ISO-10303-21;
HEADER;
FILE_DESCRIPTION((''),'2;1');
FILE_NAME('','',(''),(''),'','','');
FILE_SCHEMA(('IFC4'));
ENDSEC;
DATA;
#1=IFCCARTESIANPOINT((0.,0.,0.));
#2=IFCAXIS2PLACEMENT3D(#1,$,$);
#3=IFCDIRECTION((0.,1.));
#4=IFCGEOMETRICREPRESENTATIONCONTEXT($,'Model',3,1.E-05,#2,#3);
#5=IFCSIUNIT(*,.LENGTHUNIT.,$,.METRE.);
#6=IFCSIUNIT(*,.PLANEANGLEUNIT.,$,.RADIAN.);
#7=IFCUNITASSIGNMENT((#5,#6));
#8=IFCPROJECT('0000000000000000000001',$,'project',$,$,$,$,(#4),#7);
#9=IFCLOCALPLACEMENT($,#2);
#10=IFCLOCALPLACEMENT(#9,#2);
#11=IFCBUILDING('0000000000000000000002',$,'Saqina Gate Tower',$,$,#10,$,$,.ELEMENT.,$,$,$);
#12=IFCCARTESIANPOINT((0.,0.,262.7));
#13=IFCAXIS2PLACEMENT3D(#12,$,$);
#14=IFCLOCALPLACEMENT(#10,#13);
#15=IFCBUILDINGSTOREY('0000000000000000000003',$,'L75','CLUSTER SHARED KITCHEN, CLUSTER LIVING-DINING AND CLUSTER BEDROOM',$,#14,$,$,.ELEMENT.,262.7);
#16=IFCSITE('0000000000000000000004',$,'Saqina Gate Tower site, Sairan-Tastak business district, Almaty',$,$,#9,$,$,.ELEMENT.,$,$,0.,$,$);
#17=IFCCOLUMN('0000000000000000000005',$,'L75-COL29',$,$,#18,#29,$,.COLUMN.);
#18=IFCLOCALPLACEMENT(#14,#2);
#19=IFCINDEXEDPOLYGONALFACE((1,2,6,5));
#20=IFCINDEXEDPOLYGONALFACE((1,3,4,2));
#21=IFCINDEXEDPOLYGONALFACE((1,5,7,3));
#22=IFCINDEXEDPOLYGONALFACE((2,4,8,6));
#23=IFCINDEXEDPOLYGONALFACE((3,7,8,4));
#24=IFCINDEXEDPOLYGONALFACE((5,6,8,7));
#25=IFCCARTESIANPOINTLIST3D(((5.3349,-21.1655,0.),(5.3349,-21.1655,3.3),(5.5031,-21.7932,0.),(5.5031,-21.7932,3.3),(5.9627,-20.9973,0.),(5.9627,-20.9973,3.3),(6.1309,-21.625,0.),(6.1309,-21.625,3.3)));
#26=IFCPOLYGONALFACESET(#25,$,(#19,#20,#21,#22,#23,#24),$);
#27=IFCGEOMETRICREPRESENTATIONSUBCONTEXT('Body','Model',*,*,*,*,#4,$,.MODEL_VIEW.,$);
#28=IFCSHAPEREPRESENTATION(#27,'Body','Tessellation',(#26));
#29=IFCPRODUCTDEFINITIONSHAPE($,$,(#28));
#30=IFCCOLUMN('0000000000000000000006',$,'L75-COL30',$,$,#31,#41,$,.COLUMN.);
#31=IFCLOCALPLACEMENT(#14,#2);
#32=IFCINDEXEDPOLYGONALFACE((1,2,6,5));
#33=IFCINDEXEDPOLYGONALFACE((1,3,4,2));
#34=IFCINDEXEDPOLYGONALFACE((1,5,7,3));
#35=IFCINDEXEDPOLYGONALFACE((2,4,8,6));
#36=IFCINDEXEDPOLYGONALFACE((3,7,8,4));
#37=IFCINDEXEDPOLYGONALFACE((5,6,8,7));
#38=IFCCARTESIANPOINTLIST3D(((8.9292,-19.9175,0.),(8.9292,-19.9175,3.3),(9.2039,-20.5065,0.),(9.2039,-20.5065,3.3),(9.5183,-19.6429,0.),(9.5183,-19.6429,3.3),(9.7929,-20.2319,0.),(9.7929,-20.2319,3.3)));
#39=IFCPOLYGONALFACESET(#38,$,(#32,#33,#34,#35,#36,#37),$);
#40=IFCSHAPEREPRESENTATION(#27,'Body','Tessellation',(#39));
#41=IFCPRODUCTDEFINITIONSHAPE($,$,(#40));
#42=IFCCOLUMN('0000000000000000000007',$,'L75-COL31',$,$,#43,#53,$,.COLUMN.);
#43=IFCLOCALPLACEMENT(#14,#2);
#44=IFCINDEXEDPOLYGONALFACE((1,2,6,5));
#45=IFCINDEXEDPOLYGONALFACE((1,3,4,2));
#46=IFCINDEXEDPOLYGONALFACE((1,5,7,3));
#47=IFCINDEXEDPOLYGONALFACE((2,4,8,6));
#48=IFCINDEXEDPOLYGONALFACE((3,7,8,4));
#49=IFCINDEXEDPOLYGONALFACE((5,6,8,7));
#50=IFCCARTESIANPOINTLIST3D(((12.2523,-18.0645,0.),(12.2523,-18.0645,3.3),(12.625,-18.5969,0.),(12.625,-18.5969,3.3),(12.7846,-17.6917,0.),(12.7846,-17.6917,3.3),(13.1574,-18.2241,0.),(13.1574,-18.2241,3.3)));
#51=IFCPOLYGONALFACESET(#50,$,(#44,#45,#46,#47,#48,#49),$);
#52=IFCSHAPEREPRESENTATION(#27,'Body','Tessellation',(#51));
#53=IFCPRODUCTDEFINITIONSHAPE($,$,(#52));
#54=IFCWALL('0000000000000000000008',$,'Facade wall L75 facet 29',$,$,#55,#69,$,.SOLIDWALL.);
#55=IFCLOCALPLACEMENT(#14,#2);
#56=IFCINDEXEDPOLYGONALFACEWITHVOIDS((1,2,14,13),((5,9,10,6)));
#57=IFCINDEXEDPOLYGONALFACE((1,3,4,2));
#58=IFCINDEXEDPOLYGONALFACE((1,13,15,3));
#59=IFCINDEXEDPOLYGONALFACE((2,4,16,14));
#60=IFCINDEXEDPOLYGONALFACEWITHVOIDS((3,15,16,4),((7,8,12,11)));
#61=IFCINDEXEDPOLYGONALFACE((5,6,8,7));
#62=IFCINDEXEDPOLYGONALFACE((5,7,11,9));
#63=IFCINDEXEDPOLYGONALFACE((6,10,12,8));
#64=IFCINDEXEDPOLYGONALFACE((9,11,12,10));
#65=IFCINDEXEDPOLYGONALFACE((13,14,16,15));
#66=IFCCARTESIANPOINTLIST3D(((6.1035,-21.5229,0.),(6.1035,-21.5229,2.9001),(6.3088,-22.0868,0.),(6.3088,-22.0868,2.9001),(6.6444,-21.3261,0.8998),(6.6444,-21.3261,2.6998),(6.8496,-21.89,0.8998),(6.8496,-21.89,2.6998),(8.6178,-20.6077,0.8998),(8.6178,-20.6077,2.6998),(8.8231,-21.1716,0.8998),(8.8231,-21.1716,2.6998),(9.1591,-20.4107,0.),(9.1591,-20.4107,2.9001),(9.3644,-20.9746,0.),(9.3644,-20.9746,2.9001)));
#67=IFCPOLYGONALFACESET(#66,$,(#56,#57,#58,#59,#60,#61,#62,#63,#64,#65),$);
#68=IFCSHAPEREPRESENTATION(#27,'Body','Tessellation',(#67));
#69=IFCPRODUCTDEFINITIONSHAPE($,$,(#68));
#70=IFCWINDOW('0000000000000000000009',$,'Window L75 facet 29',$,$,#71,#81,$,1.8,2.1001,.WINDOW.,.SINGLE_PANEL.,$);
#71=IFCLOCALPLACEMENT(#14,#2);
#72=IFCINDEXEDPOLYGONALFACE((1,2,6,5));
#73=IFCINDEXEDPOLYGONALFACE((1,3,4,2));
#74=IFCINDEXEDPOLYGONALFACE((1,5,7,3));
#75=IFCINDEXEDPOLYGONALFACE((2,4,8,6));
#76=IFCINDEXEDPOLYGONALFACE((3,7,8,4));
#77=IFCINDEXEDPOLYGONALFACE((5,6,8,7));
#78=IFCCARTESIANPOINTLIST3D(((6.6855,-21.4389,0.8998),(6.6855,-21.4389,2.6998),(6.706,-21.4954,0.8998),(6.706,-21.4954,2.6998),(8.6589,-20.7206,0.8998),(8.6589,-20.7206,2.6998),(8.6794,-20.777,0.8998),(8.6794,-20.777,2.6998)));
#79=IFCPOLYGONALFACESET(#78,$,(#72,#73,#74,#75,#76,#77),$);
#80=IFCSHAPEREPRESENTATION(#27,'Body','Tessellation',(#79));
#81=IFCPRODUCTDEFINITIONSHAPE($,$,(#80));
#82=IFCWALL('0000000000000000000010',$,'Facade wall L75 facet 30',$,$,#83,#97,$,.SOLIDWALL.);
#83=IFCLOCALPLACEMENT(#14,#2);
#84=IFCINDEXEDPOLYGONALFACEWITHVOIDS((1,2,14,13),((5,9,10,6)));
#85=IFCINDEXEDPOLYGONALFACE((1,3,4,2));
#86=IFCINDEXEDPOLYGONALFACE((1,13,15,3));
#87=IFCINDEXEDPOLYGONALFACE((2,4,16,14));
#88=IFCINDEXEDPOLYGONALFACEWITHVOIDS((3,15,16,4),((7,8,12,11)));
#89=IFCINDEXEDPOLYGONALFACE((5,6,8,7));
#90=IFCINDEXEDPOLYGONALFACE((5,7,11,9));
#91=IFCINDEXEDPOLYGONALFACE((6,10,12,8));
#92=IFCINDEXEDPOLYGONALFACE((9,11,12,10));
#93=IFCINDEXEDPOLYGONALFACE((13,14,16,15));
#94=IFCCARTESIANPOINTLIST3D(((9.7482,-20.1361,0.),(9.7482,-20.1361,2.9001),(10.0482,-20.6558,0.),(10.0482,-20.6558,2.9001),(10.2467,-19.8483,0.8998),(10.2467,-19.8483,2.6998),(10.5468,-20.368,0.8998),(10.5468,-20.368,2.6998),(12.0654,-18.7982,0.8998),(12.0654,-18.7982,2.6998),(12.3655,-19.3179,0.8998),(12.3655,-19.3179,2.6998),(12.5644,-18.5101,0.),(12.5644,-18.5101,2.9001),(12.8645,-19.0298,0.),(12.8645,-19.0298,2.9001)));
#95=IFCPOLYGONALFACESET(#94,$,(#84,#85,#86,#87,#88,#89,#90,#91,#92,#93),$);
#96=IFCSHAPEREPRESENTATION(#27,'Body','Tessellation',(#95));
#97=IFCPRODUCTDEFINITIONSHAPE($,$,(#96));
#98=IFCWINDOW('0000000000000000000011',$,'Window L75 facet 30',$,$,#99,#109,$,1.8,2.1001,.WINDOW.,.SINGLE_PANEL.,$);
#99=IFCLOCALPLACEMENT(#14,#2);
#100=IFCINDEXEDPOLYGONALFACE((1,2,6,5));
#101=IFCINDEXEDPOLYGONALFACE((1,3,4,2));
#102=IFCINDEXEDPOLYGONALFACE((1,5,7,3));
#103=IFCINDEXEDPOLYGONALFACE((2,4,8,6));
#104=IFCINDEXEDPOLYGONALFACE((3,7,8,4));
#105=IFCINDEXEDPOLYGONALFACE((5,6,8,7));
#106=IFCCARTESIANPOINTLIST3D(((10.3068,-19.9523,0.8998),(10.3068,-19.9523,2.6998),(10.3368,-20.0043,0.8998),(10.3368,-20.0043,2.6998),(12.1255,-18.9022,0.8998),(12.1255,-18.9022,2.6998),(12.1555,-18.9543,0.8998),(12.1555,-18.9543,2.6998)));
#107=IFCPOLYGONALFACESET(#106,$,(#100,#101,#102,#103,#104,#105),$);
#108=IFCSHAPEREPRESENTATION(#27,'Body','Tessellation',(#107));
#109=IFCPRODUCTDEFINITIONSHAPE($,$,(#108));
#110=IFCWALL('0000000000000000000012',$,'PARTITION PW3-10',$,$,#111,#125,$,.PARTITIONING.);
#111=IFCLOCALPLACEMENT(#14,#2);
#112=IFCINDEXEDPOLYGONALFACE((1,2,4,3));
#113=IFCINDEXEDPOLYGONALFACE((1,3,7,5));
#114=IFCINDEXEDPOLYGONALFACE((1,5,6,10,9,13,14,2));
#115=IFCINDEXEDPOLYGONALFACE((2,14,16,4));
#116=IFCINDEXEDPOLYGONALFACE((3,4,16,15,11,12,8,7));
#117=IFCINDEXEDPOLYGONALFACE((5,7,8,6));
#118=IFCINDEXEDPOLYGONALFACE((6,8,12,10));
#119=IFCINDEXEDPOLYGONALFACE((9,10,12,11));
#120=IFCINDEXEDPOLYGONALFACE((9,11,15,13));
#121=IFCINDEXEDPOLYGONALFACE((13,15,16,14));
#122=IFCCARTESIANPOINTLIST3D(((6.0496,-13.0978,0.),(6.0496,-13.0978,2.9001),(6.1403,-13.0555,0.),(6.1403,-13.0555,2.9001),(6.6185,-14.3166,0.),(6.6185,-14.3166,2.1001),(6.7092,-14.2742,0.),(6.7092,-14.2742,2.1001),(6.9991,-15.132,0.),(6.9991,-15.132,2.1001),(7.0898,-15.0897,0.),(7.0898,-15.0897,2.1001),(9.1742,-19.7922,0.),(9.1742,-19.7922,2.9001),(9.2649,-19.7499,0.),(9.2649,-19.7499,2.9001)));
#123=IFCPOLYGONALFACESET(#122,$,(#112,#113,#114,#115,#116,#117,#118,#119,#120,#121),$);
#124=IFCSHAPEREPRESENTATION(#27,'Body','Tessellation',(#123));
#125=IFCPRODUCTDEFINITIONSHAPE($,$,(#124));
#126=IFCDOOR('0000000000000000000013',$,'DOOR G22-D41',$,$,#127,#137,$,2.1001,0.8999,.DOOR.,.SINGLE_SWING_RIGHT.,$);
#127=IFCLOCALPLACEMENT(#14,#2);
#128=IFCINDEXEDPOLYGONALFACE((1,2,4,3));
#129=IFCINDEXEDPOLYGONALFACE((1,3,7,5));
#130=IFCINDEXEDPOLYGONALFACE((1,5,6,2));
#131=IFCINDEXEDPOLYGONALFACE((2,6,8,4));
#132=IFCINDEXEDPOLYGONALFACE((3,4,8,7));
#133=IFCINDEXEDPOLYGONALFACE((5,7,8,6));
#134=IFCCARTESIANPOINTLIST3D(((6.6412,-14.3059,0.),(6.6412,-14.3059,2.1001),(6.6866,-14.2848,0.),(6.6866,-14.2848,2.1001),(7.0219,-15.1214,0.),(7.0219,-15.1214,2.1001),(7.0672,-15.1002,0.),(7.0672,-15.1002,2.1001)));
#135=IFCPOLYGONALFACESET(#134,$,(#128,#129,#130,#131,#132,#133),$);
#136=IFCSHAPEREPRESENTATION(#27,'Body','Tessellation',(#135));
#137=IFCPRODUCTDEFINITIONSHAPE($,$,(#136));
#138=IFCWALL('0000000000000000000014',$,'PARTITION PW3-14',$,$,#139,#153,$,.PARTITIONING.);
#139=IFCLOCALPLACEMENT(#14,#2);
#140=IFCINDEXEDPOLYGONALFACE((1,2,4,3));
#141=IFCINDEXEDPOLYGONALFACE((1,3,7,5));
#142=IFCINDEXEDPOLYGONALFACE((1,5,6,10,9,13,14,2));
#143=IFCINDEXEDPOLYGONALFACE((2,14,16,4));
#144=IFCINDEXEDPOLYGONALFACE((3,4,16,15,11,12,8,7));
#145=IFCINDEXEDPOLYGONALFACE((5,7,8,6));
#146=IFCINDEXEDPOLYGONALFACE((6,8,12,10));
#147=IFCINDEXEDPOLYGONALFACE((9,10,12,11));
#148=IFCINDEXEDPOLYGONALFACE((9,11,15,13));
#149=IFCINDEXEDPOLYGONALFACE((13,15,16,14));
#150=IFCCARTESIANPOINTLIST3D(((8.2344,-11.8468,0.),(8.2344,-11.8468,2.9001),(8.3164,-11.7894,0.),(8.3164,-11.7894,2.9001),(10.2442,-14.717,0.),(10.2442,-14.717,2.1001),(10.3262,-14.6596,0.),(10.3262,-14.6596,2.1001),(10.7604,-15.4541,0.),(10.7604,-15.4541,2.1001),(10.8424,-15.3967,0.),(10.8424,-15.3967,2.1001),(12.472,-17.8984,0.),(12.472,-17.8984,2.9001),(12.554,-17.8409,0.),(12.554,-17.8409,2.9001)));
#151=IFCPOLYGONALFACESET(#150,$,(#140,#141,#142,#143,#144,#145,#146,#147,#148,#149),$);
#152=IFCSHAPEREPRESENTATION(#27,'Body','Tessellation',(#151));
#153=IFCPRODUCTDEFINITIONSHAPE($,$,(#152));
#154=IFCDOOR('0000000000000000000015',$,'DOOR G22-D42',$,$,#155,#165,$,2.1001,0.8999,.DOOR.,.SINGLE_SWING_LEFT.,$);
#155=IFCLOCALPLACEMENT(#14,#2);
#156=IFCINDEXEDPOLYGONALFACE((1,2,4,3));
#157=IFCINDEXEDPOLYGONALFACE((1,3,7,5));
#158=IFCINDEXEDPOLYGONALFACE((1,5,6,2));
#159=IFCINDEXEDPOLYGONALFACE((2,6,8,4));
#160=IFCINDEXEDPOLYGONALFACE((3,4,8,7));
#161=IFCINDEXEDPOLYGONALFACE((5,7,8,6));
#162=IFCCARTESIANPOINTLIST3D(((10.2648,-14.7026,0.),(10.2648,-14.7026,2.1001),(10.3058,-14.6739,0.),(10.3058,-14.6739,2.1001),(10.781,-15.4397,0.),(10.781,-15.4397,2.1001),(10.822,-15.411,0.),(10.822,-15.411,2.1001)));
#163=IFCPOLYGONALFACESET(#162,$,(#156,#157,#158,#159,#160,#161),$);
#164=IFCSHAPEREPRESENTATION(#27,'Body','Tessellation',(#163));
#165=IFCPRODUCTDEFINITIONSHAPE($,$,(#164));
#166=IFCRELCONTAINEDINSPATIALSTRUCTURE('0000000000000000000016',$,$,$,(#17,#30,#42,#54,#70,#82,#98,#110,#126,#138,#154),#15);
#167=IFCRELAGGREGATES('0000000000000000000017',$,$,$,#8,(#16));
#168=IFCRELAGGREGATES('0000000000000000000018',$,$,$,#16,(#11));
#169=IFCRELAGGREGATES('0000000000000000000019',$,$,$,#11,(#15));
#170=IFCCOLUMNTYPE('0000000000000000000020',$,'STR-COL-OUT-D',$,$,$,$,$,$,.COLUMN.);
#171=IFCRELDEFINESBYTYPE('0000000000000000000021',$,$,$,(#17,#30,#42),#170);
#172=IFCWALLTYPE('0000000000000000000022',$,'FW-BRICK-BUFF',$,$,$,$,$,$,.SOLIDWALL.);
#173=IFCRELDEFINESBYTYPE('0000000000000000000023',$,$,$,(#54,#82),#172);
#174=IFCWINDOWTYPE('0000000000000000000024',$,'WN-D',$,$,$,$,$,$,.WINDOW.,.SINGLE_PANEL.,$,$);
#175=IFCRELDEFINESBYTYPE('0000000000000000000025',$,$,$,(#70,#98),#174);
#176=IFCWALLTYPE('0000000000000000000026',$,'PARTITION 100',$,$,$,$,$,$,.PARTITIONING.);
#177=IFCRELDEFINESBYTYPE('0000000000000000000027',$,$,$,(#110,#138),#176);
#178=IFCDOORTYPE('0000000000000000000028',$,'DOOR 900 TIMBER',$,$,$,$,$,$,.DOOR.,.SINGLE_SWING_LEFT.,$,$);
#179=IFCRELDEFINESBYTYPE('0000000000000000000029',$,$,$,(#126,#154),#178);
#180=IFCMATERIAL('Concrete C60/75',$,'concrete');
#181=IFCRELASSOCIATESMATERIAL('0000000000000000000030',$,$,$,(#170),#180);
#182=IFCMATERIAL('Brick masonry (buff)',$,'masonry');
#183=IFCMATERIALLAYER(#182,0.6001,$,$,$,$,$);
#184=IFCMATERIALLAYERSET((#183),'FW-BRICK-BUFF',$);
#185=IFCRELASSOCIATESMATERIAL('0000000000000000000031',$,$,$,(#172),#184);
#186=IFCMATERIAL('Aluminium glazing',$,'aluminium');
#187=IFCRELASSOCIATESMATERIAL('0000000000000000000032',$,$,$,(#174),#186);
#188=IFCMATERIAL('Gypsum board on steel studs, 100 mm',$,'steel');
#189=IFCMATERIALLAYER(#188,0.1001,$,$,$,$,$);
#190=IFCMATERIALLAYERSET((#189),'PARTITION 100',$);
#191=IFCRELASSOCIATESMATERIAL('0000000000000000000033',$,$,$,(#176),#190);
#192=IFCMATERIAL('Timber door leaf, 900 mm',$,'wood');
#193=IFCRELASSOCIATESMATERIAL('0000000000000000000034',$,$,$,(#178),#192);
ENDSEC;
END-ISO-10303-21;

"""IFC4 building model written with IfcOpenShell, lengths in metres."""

from ifc_helpers import new_model, si_unit, direction, frame, frame_2d, origin, origin_2d, place, context, subcontext, project, spatial, rectangle, extrude, material, layer, layer_set, material_profile, profile_set, type_object, element, fill, save


model = new_model("IFC4")

# Units and contexts
model_context = context("Model", 3, precision=1e-05, world=origin(), true_north=direction((0.0, 1.0)))
body_context = subcontext(model_context, "Body", "Model", "MODEL_VIEW")
ifc_project = project(units=[si_unit("LENGTHUNIT", "METRE"), si_unit("PLANEANGLEUNIT", "RADIAN")], contexts=[model_context])

# Site, building, storey
site_placement = place(None, origin())
site = spatial("IfcSite", under=ifc_project, at=site_placement, Name="Saqina Gate Tower site, Sairan-Tastak business district, Almaty", CompositionType="ELEMENT", RefElevation=0.0)
building_placement = place(site_placement, origin())
building = spatial("IfcBuilding", under=site, at=building_placement, Name="Saqina Gate Tower", CompositionType="ELEMENT")
storey_placement = place(building_placement, frame((0.0, 0.0, 262.7)))
storey = spatial("IfcBuildingStorey", under=building, at=storey_placement, Name="L75", Description="CLUSTER SHARED KITCHEN, CLUSTER LIVING-DINING AND CLUSTER BEDROOM", CompositionType="ELEMENT", Elevation=262.7)

# Columns
ifc_material_1 = material(Name="Concrete C60/75", Category="concrete")
ifc_material_profile = material_profile(ifc_material_1, rectangle(XDim=0.6499, YDim=0.6499, at=origin_2d()), Name="RC 650x650")
ifc_profile_set = profile_set([ifc_material_profile], Name="Concrete C60/75")
column_type = type_object("IfcColumnType", Name="STR-COL-OUT-D", PredefinedType="COLUMN", material=ifc_profile_set)
for number, where, z_axis, x_axis, name in (
    (1, (5.7329, -21.3953, 0.0), (0.0, 0.0, 1.0), (0.258819, -0.965926, 0.0), "L75-COL29"),
    (2, (9.3611, -20.0747, 0.0), (0.0, 0.0, 1.0), (0.422618, -0.906308, 0.0), "L75-COL30"),
    (3, (12.7048, -18.1443, 0.0), (0.0, 0.0, 1.0), (0.573576, -0.819152, 0.0), "L75-COL31"),
):
    element("IfcColumn", number, at=place(storey_placement, frame(where, z_axis=z_axis, x_axis=x_axis)), inside=storey, type_object=column_type, Name=name, PredefinedType="COLUMN", context=body_context, shape_type="SweptSolid", body=[
        extrude(rectangle(XDim=0.6499, YDim=0.6499, at=origin_2d()), origin(), (0.0, 0.0, 1.0), 3.3),
    ])

# Walls, openings, windows
ifc_material_2 = material(Name="Brick masonry (buff)", Category="masonry")
ifc_layer_1 = layer(ifc_material_2, 0.6001)
ifc_layer_set_1 = layer_set([ifc_layer_1], Name="FW-BRICK-BUFF")
wall_type_1 = type_object("IfcWallType", Name="FW-BRICK-BUFF", PredefinedType="SOLIDWALL", material=ifc_layer_set_1)
wall_1_placement = place(storey_placement, frame((6.2061, -21.8049, 0.0), z_axis=(0.0, 0.0, 1.0), x_axis=(0.939679, 0.342057, 0.0)))
wall_1 = element("IfcWall", 4, at=wall_1_placement, inside=storey, type_object=wall_type_1, Name="Facade wall L75 facet 29", PredefinedType="SOLIDWALL", context=body_context, shape_type="SweptSolid", body=[
    extrude(rectangle(XDim=3.2517, YDim=0.6001, at=frame_2d((1.626, 0.0))), origin(), (0.0, 0.0, 1.0), 2.9001),
])
opening_1_placement = place(wall_1_placement, frame((0.5757, 0.0, 0.8999)))
opening_1 = element("IfcOpeningElement", 5, at=opening_1_placement, cuts=wall_1, PredefinedType="OPENING", context=body_context, shape_type="SweptSolid", body=[
    extrude(rectangle(XDim=2.1001, YDim=1.8, at=frame_2d((1.05, 0.8999))), frame((0.0, 0.312, 0.0), z_axis=(0.0, -1.0, 0.0), x_axis=(1.0, 0.0, 0.0)), (0.0, 0.0, 1.0), 0.624),
])
ifc_material_3 = material(Name="Aluminium glazing", Category="aluminium")
window_type = type_object("IfcWindowType", Name="WN-D", PartitioningType="SINGLE_PANEL", PredefinedType="WINDOW", material=ifc_material_3)
window_1_placement = place(opening_1_placement, origin())
window_1 = element("IfcWindow", 6, at=window_1_placement, inside=storey, type_object=window_type, Name="Window L75 facet 29", OverallHeight=1.8, OverallWidth=2.1001, PartitioningType="SINGLE_PANEL", PredefinedType="WINDOW", context=body_context, shape_type="SweptSolid", body=[
    extrude(rectangle(XDim=2.1001, YDim=1.8, at=frame_2d((1.05, 0.8999))), frame((0.0, 0.1799, 0.0), z_axis=(0.0, -1.0, 0.0), x_axis=(1.0, 0.0, 0.0)), (0.0, 0.0, 1.0), 0.0601),
])
fill(opening_1, window_1)
wall_2_placement = place(storey_placement, frame((9.8982, -20.396, 0.0), z_axis=(0.0, 0.0, 1.0), x_axis=(0.866017, 0.500015, 0.0)))
wall_2 = element("IfcWall", 7, at=wall_2_placement, inside=storey, type_object=wall_type_1, Name="Facade wall L75 facet 30", PredefinedType="SOLIDWALL", context=body_context, shape_type="SweptSolid", body=[
    extrude(rectangle(XDim=3.252, YDim=0.6001, at=frame_2d((1.626, 0.0))), origin(), (0.0, 0.0, 1.0), 2.9001),
])
opening_2_placement = place(wall_2_placement, frame((0.5757, 0.0, 0.8999)))
opening_2 = element("IfcOpeningElement", 8, at=opening_2_placement, cuts=wall_2, PredefinedType="OPENING", context=body_context, shape_type="SweptSolid", body=[
    extrude(rectangle(XDim=2.1001, YDim=1.8, at=frame_2d((1.05, 0.8999))), frame((0.0, 0.312, 0.0), z_axis=(0.0, -1.0, 0.0), x_axis=(1.0, 0.0, 0.0)), (0.0, 0.0, 1.0), 0.624),
])
window_2_placement = place(opening_2_placement, origin())
window_2 = element("IfcWindow", 9, at=window_2_placement, inside=storey, type_object=window_type, Name="Window L75 facet 30", OverallHeight=1.8, OverallWidth=2.1001, PartitioningType="SINGLE_PANEL", PredefinedType="WINDOW", context=body_context, shape_type="SweptSolid", body=[
    extrude(rectangle(XDim=2.1001, YDim=1.8, at=frame_2d((1.05, 0.8999))), frame((0.0, 0.1799, 0.0), z_axis=(0.0, -1.0, 0.0), x_axis=(1.0, 0.0, 0.0)), (0.0, 0.0, 1.0), 0.0601),
])
fill(opening_2, window_2)

# Walls, openings, doors
ifc_material_4 = material(Name="Gypsum board on steel studs, 100 mm", Category="steel")
ifc_layer_2 = layer(ifc_material_4, 0.1001)
ifc_layer_set_2 = layer_set([ifc_layer_2], Name="PARTITION 100")
wall_type_2 = type_object("IfcWallType", Name="PARTITION 100", PredefinedType="PARTITIONING", material=ifc_layer_set_2)
wall_3_placement = place(storey_placement, frame((6.095, -13.0767, 0.0), z_axis=(0.0, 0.0, 1.0), x_axis=(0.42294, -0.906158, 0.0)))
wall_3 = element("IfcWall", 10, at=wall_3_placement, inside=storey, type_object=wall_type_2, Name="PARTITION PW3-10", PredefinedType="PARTITIONING", context=body_context, shape_type="SweptSolid", body=[
    extrude(rectangle(XDim=7.3877, YDim=0.1001, at=frame_2d((3.6938, 0.0))), origin(), (0.0, 0.0, 1.0), 2.9001),
])
opening_3_placement = place(wall_3_placement, frame((1.345, 0.0, 0.0)))
opening_3 = element("IfcOpeningElement", 11, at=opening_3_placement, cuts=wall_3, PredefinedType="OPENING", context=body_context, shape_type="SweptSolid", body=[
    extrude(rectangle(XDim=0.8999, YDim=2.1001, at=frame_2d((0.45, 1.05))), frame((0.0, 0.062, 0.0), z_axis=(0.0, -1.0, 0.0), x_axis=(1.0, 0.0, 0.0)), (0.0, 0.0, 1.0), 0.124),
])
ifc_material_5 = material(Name="Timber door leaf, 900 mm", Category="wood")
door_type_1 = type_object("IfcDoorType", Name="DOOR 900 TIMBER", OperationType="SINGLE_SWING_LEFT", PredefinedType="DOOR", material=ifc_material_5)
door_1_placement = place(opening_3_placement, frame((0.8999, 0.0, 0.0), z_axis=(0.0, 0.0, 1.0), x_axis=(-1.0, 0.0, 0.0)))
door_1 = element("IfcDoor", 12, at=door_1_placement, inside=storey, type_object=door_type_1, Name="DOOR G22-D41", OperationType="SINGLE_SWING_RIGHT", OverallHeight=2.1001, OverallWidth=0.8999, PredefinedType="DOOR", context=body_context, shape_type="SweptSolid", body=[
    extrude(rectangle(XDim=0.8999, YDim=2.1001, at=frame_2d((0.45, 1.05))), frame((0.0, 0.0249, 0.0), z_axis=(0.0, -1.0, 0.0), x_axis=(1.0, 0.0, 0.0)), (0.0, 0.0, 1.0), 0.05),
])
fill(opening_3, door_1)
wall_4_placement = place(storey_placement, frame((8.2754, -11.8181, 0.0), z_axis=(0.0, 0.0, 1.0), x_axis=(0.573598, -0.819137, 0.0)))
wall_4 = element("IfcWall", 13, at=wall_4_placement, inside=storey, type_object=wall_type_2, Name="PARTITION PW3-14", PredefinedType="PARTITIONING", context=body_context, shape_type="SweptSolid", body=[
    extrude(rectangle(XDim=7.3877, YDim=0.1001, at=frame_2d((3.6938, 0.0))), origin(), (0.0, 0.0, 1.0), 2.9001),
])
opening_4_placement = place(wall_4_placement, frame((3.5039, 0.0, 0.0)))
opening_4 = element("IfcOpeningElement", 14, at=opening_4_placement, cuts=wall_4, PredefinedType="OPENING", context=body_context, shape_type="SweptSolid", body=[
    extrude(rectangle(XDim=0.8999, YDim=2.1001, at=frame_2d((0.45, 1.05))), frame((0.0, 0.062, 0.0), z_axis=(0.0, -1.0, 0.0), x_axis=(1.0, 0.0, 0.0)), (0.0, 0.0, 1.0), 0.124),
])
door_2_placement = place(opening_4_placement, frame((0.8999, 0.0, 0.0), z_axis=(0.0, 0.0, 1.0), x_axis=(-1.0, 0.0, 0.0)))
door_2 = element("IfcDoor", 15, at=door_2_placement, inside=storey, type_object=door_type_1, Name="DOOR G22-D42", OperationType="SINGLE_SWING_LEFT", OverallHeight=2.1001, OverallWidth=0.8999, PredefinedType="DOOR", context=body_context, shape_type="SweptSolid", body=[
    extrude(rectangle(XDim=0.8999, YDim=2.1001, at=frame_2d((0.45, 1.05))), frame((0.0, 0.0249, 0.0), z_axis=(0.0, -1.0, 0.0), x_axis=(1.0, 0.0, 0.0)), (0.0, 0.0, 1.0), 0.05),
])
fill(opening_4, door_2)

save(model, "model.ifc")
